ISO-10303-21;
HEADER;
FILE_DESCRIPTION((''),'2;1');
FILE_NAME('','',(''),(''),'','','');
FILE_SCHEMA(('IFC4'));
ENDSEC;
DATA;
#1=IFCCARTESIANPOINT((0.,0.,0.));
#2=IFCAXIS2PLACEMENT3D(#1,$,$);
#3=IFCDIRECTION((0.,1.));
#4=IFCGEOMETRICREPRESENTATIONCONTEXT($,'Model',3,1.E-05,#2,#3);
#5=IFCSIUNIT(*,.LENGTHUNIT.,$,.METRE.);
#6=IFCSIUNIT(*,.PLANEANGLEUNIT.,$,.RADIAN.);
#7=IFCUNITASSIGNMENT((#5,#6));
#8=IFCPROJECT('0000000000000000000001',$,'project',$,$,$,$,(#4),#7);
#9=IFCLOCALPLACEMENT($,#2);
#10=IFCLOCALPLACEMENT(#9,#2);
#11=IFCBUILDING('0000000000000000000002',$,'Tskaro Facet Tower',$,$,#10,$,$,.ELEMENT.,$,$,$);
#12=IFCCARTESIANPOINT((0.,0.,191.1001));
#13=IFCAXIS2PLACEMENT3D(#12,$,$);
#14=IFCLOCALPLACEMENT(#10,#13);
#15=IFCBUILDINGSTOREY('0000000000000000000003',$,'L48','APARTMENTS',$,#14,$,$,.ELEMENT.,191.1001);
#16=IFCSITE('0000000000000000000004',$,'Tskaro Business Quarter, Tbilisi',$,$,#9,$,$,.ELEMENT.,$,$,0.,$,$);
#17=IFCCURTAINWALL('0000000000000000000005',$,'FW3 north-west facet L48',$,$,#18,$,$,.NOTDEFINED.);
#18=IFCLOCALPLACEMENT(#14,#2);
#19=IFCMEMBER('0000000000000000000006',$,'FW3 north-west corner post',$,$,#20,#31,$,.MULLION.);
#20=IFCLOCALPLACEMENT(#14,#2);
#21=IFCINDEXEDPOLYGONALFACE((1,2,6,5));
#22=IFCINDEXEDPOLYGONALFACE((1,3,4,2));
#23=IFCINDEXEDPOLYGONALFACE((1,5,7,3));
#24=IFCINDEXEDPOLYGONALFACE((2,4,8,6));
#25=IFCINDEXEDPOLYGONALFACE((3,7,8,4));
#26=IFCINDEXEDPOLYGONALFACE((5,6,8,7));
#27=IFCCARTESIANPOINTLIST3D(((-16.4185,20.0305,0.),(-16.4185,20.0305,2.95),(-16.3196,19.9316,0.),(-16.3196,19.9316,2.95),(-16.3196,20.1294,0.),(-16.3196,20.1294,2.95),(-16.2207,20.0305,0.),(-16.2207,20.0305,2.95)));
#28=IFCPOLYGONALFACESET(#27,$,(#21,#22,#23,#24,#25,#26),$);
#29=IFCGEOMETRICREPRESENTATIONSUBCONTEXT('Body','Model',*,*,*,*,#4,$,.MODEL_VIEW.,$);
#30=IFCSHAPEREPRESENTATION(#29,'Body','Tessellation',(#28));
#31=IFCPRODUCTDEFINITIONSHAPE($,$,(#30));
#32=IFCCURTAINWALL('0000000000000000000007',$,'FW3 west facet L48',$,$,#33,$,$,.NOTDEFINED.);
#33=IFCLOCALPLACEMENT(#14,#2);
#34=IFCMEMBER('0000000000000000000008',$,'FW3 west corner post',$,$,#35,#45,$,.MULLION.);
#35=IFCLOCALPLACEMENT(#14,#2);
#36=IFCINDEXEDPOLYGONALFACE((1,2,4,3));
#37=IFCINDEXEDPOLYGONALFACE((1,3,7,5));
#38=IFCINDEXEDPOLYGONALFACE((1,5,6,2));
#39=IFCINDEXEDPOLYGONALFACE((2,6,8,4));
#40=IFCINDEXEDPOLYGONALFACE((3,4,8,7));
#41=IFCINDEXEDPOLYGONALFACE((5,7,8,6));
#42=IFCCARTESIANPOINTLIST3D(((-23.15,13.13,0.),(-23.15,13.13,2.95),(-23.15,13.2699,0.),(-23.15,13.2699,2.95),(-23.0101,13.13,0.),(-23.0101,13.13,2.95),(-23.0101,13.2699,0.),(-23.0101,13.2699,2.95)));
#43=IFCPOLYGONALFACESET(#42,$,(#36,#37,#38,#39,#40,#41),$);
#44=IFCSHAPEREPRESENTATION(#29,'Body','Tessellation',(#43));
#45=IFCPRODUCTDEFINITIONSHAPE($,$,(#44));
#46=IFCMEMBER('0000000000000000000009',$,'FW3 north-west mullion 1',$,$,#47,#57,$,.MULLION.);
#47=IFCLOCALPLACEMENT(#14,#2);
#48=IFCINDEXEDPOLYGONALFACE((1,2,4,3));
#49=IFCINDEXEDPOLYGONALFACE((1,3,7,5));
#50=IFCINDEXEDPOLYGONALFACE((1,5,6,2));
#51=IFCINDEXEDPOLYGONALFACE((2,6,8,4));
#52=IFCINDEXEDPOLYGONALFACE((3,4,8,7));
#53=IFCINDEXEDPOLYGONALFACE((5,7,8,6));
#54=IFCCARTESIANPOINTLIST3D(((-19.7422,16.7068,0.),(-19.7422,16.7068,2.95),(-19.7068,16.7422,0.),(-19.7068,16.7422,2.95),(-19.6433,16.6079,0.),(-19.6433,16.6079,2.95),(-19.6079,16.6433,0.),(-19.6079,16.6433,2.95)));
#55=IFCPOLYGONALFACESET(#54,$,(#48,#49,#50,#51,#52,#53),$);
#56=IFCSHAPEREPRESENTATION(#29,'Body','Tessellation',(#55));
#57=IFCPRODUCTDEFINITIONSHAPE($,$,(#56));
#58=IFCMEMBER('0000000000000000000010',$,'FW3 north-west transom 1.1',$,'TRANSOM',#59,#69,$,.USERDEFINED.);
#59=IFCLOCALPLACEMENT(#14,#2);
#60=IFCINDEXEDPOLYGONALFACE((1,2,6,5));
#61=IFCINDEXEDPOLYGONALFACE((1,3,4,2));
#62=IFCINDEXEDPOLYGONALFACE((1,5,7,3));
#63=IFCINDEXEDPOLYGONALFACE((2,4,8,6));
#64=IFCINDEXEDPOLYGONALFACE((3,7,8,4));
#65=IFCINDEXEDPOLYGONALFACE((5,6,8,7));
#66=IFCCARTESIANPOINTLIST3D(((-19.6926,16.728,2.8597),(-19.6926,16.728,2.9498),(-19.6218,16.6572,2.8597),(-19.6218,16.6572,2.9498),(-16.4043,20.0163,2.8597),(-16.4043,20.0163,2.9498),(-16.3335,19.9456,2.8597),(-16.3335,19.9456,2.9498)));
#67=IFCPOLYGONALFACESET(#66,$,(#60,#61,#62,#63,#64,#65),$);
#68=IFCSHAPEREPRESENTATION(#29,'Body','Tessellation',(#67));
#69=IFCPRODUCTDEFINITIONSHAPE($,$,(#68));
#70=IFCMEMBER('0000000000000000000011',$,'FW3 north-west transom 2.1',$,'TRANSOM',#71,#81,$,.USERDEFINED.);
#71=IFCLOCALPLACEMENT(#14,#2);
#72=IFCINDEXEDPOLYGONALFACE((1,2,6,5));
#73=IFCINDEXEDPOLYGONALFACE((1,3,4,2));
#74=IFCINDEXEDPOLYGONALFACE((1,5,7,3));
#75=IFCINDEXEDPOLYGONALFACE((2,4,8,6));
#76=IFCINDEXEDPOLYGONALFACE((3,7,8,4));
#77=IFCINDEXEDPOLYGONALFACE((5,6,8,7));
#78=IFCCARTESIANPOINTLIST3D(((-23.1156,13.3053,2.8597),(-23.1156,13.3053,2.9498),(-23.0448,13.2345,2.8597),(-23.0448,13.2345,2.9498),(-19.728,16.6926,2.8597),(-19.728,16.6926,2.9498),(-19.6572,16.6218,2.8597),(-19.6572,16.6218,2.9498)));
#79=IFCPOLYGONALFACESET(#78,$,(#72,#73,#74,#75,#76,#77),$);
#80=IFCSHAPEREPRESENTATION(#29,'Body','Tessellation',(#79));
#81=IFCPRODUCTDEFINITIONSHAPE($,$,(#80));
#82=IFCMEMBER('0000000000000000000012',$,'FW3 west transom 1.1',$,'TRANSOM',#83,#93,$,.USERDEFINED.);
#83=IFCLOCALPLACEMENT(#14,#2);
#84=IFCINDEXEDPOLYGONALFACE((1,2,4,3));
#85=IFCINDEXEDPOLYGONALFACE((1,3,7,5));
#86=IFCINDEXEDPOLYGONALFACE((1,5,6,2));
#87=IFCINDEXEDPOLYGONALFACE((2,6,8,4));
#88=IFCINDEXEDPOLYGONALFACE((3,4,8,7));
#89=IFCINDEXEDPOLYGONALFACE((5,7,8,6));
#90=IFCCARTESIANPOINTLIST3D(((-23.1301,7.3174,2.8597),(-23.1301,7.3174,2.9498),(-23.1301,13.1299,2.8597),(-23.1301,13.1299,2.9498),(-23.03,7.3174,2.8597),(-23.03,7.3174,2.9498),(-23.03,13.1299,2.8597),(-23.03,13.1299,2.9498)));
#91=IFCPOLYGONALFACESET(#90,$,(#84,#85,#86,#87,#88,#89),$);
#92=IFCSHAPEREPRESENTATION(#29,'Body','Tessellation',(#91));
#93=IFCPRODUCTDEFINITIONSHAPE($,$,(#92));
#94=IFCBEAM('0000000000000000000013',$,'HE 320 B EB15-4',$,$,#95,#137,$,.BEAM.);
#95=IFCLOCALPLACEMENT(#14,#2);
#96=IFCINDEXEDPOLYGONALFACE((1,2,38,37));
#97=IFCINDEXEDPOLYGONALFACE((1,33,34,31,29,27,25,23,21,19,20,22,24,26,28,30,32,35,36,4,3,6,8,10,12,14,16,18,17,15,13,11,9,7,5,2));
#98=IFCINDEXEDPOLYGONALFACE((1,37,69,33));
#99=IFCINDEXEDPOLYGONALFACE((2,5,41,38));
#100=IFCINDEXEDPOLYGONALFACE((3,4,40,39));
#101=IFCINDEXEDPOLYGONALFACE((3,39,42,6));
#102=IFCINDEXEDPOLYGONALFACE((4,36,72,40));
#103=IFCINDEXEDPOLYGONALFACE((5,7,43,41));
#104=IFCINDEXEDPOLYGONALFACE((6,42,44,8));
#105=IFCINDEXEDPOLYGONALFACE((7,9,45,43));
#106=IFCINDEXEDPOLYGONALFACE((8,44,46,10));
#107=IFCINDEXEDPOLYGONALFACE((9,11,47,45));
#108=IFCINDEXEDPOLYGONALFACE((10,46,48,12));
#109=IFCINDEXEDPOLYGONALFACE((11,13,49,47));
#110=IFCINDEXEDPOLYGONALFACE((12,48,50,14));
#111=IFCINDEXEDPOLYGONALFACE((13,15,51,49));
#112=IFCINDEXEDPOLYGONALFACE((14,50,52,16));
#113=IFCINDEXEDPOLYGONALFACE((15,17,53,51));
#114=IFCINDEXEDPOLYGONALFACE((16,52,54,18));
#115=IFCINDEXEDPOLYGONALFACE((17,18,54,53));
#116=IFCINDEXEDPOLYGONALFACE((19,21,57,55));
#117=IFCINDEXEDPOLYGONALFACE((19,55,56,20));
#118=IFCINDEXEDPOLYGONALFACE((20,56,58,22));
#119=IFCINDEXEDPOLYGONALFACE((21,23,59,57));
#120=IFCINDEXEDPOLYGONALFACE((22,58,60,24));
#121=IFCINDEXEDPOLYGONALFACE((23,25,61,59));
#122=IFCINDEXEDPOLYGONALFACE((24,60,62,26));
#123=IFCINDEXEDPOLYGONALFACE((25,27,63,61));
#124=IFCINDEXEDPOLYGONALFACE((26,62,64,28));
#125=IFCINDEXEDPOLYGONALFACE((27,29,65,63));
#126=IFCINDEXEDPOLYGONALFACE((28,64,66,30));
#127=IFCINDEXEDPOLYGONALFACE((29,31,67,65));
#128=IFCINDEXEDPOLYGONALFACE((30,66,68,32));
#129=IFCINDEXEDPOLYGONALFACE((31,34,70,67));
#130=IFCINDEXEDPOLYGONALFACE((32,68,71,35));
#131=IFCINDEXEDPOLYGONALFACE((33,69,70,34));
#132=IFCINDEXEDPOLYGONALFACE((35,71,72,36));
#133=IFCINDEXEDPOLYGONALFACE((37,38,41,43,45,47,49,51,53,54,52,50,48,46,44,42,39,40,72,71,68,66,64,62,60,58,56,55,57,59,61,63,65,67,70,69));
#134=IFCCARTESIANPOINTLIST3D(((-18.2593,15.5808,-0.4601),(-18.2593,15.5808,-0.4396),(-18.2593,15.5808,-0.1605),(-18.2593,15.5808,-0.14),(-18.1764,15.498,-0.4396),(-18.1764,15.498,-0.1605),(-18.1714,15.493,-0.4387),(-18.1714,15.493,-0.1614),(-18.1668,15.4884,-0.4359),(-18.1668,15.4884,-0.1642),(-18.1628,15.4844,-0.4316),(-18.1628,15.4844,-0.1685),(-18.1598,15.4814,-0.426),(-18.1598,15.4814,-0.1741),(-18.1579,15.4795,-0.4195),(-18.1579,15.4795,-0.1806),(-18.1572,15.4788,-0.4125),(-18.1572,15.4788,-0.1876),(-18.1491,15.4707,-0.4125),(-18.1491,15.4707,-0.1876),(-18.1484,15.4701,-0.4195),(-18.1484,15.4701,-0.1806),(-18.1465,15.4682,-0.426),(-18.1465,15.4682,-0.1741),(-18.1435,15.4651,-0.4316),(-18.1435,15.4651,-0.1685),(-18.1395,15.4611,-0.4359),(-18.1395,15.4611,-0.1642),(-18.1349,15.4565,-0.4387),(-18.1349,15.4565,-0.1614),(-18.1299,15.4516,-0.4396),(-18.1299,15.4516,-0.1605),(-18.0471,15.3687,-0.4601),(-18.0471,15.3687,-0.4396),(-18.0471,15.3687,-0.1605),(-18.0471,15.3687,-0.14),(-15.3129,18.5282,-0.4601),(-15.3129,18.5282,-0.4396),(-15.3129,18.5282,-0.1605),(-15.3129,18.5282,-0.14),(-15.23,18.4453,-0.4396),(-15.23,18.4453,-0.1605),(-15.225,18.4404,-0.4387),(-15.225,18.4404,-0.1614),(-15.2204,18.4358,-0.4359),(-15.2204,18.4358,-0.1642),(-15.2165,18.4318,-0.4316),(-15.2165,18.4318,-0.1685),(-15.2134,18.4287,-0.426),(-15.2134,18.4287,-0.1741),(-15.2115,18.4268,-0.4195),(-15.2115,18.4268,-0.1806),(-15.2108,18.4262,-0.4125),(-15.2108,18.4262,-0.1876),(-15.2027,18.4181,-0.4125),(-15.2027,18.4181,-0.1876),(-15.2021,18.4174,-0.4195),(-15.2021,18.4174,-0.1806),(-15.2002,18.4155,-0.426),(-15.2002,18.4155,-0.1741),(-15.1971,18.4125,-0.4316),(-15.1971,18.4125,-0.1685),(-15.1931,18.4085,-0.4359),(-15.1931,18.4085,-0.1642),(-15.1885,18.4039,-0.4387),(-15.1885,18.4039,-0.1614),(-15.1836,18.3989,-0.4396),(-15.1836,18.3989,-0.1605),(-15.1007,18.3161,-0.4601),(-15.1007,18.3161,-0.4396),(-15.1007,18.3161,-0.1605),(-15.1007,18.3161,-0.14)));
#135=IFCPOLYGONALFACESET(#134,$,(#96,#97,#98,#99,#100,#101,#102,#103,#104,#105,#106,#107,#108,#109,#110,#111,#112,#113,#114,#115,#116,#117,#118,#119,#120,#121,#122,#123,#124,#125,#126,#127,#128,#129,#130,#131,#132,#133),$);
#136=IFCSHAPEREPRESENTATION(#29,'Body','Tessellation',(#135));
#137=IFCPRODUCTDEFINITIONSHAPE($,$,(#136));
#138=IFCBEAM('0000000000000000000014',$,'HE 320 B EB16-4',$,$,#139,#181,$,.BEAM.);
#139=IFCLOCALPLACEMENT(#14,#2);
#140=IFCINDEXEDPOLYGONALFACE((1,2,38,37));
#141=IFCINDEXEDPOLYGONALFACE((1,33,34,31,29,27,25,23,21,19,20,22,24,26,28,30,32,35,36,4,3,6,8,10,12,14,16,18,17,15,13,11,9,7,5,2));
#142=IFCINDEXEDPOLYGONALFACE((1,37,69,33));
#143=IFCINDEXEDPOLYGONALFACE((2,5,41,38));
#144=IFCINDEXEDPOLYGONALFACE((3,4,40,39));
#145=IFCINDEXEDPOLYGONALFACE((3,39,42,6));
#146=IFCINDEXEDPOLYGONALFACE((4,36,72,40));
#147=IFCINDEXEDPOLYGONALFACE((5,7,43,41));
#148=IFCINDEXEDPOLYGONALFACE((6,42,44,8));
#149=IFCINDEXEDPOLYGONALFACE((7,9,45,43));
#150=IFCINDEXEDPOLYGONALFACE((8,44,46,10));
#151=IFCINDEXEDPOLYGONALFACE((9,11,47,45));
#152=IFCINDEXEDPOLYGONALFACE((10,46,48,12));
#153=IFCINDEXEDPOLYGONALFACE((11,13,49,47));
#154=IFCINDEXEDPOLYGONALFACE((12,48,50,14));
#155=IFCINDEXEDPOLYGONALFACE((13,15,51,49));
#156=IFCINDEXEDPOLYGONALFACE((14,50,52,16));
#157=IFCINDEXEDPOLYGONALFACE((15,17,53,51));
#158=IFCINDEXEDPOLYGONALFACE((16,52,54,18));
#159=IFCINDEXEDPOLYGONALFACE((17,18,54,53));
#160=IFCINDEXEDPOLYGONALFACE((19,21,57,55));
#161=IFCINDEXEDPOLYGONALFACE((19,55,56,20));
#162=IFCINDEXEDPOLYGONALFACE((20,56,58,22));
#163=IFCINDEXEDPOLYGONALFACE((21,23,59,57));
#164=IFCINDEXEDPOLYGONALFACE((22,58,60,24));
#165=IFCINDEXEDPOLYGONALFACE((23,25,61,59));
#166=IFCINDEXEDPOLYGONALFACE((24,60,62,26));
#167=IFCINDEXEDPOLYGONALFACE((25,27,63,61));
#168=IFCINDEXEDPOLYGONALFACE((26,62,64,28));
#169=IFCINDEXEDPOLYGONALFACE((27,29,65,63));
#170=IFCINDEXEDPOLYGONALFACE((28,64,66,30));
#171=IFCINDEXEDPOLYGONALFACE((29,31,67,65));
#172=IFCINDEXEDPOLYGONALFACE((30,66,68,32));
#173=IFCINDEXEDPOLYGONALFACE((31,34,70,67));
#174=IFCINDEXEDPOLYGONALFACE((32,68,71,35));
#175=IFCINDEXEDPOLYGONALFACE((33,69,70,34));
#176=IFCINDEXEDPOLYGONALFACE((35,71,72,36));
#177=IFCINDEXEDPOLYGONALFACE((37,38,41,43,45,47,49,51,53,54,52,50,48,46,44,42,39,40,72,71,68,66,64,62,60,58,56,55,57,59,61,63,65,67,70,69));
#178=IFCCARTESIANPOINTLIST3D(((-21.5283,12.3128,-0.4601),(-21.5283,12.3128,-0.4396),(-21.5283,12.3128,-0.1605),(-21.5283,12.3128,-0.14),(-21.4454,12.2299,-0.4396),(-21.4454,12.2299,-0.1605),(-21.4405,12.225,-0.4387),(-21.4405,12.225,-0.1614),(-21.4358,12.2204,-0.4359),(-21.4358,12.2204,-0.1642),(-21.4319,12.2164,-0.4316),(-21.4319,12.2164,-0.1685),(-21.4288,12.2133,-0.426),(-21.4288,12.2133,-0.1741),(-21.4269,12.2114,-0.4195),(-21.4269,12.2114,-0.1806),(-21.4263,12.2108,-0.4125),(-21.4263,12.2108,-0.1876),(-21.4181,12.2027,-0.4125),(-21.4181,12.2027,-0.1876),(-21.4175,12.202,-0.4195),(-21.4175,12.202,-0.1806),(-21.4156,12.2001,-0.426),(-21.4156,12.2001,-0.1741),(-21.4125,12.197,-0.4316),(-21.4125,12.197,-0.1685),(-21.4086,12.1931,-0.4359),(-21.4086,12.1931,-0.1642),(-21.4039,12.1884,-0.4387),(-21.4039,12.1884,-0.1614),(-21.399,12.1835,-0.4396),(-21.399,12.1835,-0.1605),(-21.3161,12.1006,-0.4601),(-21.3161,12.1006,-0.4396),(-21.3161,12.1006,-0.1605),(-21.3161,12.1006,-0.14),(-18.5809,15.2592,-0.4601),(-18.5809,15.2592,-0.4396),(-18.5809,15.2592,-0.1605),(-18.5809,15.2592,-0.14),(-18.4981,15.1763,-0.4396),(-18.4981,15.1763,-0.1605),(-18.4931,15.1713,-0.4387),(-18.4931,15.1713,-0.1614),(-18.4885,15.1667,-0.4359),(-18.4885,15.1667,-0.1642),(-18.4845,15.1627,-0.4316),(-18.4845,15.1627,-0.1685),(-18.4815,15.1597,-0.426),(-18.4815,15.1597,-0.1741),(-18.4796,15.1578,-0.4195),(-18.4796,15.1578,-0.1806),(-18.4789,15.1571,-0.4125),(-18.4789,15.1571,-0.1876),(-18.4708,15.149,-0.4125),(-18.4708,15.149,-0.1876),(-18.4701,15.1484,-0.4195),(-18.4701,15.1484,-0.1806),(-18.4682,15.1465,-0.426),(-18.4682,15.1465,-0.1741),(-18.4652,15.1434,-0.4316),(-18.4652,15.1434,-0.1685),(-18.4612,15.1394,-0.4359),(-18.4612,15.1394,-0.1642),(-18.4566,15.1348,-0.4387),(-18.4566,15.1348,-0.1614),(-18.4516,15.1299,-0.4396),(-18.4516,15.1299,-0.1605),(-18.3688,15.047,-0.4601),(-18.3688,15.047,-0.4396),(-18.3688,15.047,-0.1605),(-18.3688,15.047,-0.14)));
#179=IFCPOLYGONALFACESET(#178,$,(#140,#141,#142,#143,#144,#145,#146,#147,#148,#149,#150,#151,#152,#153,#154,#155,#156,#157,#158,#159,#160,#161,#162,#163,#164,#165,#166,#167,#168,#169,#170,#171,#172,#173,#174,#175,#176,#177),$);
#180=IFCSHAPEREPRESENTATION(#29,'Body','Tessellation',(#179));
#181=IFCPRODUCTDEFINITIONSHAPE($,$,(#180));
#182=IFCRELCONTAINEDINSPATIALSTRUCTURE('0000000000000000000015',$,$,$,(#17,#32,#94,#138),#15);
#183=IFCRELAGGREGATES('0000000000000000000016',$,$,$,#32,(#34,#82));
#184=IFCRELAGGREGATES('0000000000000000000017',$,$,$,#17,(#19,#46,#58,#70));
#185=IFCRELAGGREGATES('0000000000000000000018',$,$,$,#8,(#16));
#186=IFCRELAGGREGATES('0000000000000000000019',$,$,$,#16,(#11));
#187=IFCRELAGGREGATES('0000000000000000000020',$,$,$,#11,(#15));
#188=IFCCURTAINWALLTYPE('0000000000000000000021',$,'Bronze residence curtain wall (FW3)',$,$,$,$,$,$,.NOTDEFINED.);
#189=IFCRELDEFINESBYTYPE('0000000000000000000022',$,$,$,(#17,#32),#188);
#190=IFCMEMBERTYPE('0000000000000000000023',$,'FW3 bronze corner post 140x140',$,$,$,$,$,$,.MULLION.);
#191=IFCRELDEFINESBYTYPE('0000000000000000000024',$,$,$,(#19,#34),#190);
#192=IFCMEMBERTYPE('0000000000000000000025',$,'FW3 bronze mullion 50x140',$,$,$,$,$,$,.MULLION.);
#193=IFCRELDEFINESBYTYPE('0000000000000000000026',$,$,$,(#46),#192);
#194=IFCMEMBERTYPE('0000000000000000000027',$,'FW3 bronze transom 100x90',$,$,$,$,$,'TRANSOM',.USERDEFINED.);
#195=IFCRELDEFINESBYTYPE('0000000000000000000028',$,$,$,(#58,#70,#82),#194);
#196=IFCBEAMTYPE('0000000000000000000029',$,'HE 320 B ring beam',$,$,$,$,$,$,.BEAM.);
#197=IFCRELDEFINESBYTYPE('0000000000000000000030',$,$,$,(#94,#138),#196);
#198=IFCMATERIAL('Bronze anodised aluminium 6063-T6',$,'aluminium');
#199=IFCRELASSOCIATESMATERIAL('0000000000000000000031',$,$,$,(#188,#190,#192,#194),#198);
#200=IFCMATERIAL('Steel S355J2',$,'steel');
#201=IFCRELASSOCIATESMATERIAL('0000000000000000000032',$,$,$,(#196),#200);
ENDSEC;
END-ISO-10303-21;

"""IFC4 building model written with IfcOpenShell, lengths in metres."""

from ifc_helpers import new_model, si_unit, direction, frame, origin, origin_2d, place, context, subcontext, project, spatial, rectangle, i_section, extrude, material, material_profile, profile_set, type_object, element, aggregate, save


model = new_model("IFC4")

# Units and contexts
model_context = context("Model", 3, precision=1e-05, world=origin(), true_north=direction((0.0, 1.0)))
body_context = subcontext(model_context, "Body", "Model", "MODEL_VIEW")
ifc_project = project(units=[si_unit("LENGTHUNIT", "METRE"), si_unit("PLANEANGLEUNIT", "RADIAN")], contexts=[model_context])

# Site, building, storey
site_placement = place(None, origin())
site = spatial("IfcSite", under=ifc_project, at=site_placement, Name="Tskaro Business Quarter, Tbilisi", CompositionType="ELEMENT", RefElevation=0.0)
building_placement = place(site_placement, origin())
building = spatial("IfcBuilding", under=site, at=building_placement, Name="Tskaro Facet Tower", CompositionType="ELEMENT")
storey_placement = place(building_placement, frame((0.0, 0.0, 191.1001)))
storey = spatial("IfcBuildingStorey", under=building, at=storey_placement, Name="L48", Description="APARTMENTS", CompositionType="ELEMENT", Elevation=191.1001)

# Curtain walls, members
ifc_material_1 = material(Name="Bronze anodised aluminium 6063-T6", Category="aluminium")
curtain_wall_type = type_object("IfcCurtainWallType", Name="Bronze residence curtain wall (FW3)", PredefinedType="NOTDEFINED", material=ifc_material_1)
curtain_wall_1_placement = place(storey_placement, origin())
curtain_wall_1 = element("IfcCurtainWall", 1, at=curtain_wall_1_placement, inside=storey, type_object=curtain_wall_type, Name="FW3 north-west facet L48", PredefinedType="NOTDEFINED")
ifc_material_profile_1 = material_profile(ifc_material_1, rectangle(XDim=0.1399, YDim=0.1399, at=origin_2d()), Name="Corner post 140x140")
ifc_profile_set_1 = profile_set([ifc_material_profile_1], Name="Bronze anodised aluminium 6063-T6")
member_type_1 = type_object("IfcMemberType", Name="FW3 bronze corner post 140x140", PredefinedType="MULLION", material=ifc_profile_set_1)
member_1_placement = place(storey_placement, frame((-16.3196, 20.0305, 0.0), z_axis=(0.0, 0.0, 1.0), x_axis=(-0.707107, -0.707107, 0.0)))
member_1 = element("IfcMember", 2, at=member_1_placement, type_object=member_type_1, Name="FW3 north-west corner post", PredefinedType="MULLION", context=body_context, shape_type="SweptSolid", body=[
    extrude(rectangle(XDim=0.1399, YDim=0.1399, at=origin_2d()), origin(), (0.0, 0.0, 1.0), 2.95),
])
curtain_wall_2_placement = place(storey_placement, origin())
curtain_wall_2 = element("IfcCurtainWall", 3, at=curtain_wall_2_placement, inside=storey, type_object=curtain_wall_type, Name="FW3 west facet L48", PredefinedType="NOTDEFINED")
member_2_placement = place(storey_placement, frame((-23.0801, 13.2, 0.0), z_axis=(0.0, 0.0, 1.0), x_axis=(0.0, -1.0, 0.0)))
member_2 = element("IfcMember", 4, at=member_2_placement, type_object=member_type_1, Name="FW3 west corner post", PredefinedType="MULLION", context=body_context, shape_type="SweptSolid", body=[
    extrude(rectangle(XDim=0.1399, YDim=0.1399, at=origin_2d()), origin(), (0.0, 0.0, 1.0), 2.95),
])

# Members
ifc_material_profile_2 = material_profile(ifc_material_1, rectangle(XDim=0.05, YDim=0.1399, at=origin_2d()), Name="Mullion 50x140")
ifc_profile_set_2 = profile_set([ifc_material_profile_2], Name="Bronze anodised aluminium 6063-T6")
member_type_2 = type_object("IfcMemberType", Name="FW3 bronze mullion 50x140", PredefinedType="MULLION", material=ifc_profile_set_2)
member_3_placement = place(storey_placement, frame((-19.675, 16.675, 0.0), z_axis=(0.0, 0.0, 1.0), x_axis=(-0.707107, -0.707107, 0.0)))
member_3 = element("IfcMember", 5, at=member_3_placement, type_object=member_type_2, Name="FW3 north-west mullion 1", PredefinedType="MULLION", context=body_context, shape_type="SweptSolid", body=[
    extrude(rectangle(XDim=0.05, YDim=0.1399, at=origin_2d()), origin(), (0.0, 0.0, 1.0), 2.95),
])
ifc_material_profile_3 = material_profile(ifc_material_1, rectangle(XDim=0.1001, YDim=0.0901, at=origin_2d()), Name="Transom 100x90")
ifc_profile_set_3 = profile_set([ifc_material_profile_3], Name="Bronze anodised aluminium 6063-T6")
member_type_3 = type_object("IfcMemberType", Name="FW3 bronze transom 100x90", ElementType="TRANSOM", PredefinedType="USERDEFINED", material=ifc_profile_set_3)
member_4_placement = place(storey_placement, frame((-16.3689, 19.981, 2.9048), z_axis=(-0.707107, -0.707107, 0.0), x_axis=(0.707107, -0.707107, 0.0)))
member_4 = element("IfcMember", 6, at=member_4_placement, type_object=member_type_3, Name="FW3 north-west transom 1.1", ObjectType="TRANSOM", PredefinedType="USERDEFINED", context=body_context, shape_type="SweptSolid", body=[
    extrude(rectangle(XDim=0.1001, YDim=0.0901, at=origin_2d()), origin(), (0.0, 0.0, 1.0), 4.6504),
])
member_5_placement = place(storey_placement, frame((-19.6926, 16.6572, 2.9048), z_axis=(-0.707132, -0.707081, 0.0), x_axis=(0.707081, -0.707132, 0.0)))
member_5 = element("IfcMember", 7, at=member_5_placement, type_object=member_type_3, Name="FW3 north-west transom 2.1", ObjectType="TRANSOM", PredefinedType="USERDEFINED", context=body_context, shape_type="SweptSolid", body=[
    extrude(rectangle(XDim=0.1001, YDim=0.0901, at=origin_2d()), origin(), (0.0, 0.0, 1.0), 4.7905),
])
member_6_placement = place(storey_placement, frame((-23.0801, 13.1299, 2.9048), z_axis=(0.0, -1.0, 0.0), x_axis=(1.0, 0.0, 0.0)))
member_6 = element("IfcMember", 8, at=member_6_placement, type_object=member_type_3, Name="FW3 west transom 1.1", ObjectType="TRANSOM", PredefinedType="USERDEFINED", context=body_context, shape_type="SweptSolid", body=[
    extrude(rectangle(XDim=0.1001, YDim=0.0901, at=origin_2d()), origin(), (0.0, 0.0, 1.0), 5.8125),
])
aggregate(curtain_wall_2, [member_2, member_6])

# Beams
ifc_material_2 = material(Name="Steel S355J2", Category="steel")
ifc_material_profile_4 = material_profile(ifc_material_2, i_section(OverallWidth=0.3, OverallDepth=0.3201, WebThickness=0.0115, FlangeThickness=0.0205, FilletRadius=0.0271, at=origin_2d()), Name="HE 320 B")
ifc_profile_set_4 = profile_set([ifc_material_profile_4], Name="Steel S355J2")
beam_type_1 = type_object("IfcBeamType", Name="HE 320 B ring beam", PredefinedType="BEAM", material=ifc_profile_set_4)
for number, where, z_axis, x_axis, name in (
    (9, (-15.2068, 18.4221, -0.3), (-0.70699, -0.707224, 0.0), (0.707224, -0.70699, 0.0), "HE 320 B EB15-4"),
    (10, (-18.4749, 15.1531, -0.3), (-0.707224, -0.70699, 0.0), (0.70699, -0.707224, 0.0), "HE 320 B EB16-4"),
):
    element("IfcBeam", number, at=place(storey_placement, frame(where, z_axis=z_axis, x_axis=x_axis)), inside=storey, type_object=beam_type_1, Name=name, PredefinedType="BEAM", context=body_context, shape_type="SweptSolid", body=[
        extrude(i_section(OverallWidth=0.3, OverallDepth=0.3201, WebThickness=0.0115, FlangeThickness=0.0205, FilletRadius=0.0271, at=origin_2d()), origin(), (0.0, 0.0, 1.0), 4.1675),
    ])

aggregate(curtain_wall_1, [member_1, member_3, member_4, member_5])

save(model, "model.ifc")
